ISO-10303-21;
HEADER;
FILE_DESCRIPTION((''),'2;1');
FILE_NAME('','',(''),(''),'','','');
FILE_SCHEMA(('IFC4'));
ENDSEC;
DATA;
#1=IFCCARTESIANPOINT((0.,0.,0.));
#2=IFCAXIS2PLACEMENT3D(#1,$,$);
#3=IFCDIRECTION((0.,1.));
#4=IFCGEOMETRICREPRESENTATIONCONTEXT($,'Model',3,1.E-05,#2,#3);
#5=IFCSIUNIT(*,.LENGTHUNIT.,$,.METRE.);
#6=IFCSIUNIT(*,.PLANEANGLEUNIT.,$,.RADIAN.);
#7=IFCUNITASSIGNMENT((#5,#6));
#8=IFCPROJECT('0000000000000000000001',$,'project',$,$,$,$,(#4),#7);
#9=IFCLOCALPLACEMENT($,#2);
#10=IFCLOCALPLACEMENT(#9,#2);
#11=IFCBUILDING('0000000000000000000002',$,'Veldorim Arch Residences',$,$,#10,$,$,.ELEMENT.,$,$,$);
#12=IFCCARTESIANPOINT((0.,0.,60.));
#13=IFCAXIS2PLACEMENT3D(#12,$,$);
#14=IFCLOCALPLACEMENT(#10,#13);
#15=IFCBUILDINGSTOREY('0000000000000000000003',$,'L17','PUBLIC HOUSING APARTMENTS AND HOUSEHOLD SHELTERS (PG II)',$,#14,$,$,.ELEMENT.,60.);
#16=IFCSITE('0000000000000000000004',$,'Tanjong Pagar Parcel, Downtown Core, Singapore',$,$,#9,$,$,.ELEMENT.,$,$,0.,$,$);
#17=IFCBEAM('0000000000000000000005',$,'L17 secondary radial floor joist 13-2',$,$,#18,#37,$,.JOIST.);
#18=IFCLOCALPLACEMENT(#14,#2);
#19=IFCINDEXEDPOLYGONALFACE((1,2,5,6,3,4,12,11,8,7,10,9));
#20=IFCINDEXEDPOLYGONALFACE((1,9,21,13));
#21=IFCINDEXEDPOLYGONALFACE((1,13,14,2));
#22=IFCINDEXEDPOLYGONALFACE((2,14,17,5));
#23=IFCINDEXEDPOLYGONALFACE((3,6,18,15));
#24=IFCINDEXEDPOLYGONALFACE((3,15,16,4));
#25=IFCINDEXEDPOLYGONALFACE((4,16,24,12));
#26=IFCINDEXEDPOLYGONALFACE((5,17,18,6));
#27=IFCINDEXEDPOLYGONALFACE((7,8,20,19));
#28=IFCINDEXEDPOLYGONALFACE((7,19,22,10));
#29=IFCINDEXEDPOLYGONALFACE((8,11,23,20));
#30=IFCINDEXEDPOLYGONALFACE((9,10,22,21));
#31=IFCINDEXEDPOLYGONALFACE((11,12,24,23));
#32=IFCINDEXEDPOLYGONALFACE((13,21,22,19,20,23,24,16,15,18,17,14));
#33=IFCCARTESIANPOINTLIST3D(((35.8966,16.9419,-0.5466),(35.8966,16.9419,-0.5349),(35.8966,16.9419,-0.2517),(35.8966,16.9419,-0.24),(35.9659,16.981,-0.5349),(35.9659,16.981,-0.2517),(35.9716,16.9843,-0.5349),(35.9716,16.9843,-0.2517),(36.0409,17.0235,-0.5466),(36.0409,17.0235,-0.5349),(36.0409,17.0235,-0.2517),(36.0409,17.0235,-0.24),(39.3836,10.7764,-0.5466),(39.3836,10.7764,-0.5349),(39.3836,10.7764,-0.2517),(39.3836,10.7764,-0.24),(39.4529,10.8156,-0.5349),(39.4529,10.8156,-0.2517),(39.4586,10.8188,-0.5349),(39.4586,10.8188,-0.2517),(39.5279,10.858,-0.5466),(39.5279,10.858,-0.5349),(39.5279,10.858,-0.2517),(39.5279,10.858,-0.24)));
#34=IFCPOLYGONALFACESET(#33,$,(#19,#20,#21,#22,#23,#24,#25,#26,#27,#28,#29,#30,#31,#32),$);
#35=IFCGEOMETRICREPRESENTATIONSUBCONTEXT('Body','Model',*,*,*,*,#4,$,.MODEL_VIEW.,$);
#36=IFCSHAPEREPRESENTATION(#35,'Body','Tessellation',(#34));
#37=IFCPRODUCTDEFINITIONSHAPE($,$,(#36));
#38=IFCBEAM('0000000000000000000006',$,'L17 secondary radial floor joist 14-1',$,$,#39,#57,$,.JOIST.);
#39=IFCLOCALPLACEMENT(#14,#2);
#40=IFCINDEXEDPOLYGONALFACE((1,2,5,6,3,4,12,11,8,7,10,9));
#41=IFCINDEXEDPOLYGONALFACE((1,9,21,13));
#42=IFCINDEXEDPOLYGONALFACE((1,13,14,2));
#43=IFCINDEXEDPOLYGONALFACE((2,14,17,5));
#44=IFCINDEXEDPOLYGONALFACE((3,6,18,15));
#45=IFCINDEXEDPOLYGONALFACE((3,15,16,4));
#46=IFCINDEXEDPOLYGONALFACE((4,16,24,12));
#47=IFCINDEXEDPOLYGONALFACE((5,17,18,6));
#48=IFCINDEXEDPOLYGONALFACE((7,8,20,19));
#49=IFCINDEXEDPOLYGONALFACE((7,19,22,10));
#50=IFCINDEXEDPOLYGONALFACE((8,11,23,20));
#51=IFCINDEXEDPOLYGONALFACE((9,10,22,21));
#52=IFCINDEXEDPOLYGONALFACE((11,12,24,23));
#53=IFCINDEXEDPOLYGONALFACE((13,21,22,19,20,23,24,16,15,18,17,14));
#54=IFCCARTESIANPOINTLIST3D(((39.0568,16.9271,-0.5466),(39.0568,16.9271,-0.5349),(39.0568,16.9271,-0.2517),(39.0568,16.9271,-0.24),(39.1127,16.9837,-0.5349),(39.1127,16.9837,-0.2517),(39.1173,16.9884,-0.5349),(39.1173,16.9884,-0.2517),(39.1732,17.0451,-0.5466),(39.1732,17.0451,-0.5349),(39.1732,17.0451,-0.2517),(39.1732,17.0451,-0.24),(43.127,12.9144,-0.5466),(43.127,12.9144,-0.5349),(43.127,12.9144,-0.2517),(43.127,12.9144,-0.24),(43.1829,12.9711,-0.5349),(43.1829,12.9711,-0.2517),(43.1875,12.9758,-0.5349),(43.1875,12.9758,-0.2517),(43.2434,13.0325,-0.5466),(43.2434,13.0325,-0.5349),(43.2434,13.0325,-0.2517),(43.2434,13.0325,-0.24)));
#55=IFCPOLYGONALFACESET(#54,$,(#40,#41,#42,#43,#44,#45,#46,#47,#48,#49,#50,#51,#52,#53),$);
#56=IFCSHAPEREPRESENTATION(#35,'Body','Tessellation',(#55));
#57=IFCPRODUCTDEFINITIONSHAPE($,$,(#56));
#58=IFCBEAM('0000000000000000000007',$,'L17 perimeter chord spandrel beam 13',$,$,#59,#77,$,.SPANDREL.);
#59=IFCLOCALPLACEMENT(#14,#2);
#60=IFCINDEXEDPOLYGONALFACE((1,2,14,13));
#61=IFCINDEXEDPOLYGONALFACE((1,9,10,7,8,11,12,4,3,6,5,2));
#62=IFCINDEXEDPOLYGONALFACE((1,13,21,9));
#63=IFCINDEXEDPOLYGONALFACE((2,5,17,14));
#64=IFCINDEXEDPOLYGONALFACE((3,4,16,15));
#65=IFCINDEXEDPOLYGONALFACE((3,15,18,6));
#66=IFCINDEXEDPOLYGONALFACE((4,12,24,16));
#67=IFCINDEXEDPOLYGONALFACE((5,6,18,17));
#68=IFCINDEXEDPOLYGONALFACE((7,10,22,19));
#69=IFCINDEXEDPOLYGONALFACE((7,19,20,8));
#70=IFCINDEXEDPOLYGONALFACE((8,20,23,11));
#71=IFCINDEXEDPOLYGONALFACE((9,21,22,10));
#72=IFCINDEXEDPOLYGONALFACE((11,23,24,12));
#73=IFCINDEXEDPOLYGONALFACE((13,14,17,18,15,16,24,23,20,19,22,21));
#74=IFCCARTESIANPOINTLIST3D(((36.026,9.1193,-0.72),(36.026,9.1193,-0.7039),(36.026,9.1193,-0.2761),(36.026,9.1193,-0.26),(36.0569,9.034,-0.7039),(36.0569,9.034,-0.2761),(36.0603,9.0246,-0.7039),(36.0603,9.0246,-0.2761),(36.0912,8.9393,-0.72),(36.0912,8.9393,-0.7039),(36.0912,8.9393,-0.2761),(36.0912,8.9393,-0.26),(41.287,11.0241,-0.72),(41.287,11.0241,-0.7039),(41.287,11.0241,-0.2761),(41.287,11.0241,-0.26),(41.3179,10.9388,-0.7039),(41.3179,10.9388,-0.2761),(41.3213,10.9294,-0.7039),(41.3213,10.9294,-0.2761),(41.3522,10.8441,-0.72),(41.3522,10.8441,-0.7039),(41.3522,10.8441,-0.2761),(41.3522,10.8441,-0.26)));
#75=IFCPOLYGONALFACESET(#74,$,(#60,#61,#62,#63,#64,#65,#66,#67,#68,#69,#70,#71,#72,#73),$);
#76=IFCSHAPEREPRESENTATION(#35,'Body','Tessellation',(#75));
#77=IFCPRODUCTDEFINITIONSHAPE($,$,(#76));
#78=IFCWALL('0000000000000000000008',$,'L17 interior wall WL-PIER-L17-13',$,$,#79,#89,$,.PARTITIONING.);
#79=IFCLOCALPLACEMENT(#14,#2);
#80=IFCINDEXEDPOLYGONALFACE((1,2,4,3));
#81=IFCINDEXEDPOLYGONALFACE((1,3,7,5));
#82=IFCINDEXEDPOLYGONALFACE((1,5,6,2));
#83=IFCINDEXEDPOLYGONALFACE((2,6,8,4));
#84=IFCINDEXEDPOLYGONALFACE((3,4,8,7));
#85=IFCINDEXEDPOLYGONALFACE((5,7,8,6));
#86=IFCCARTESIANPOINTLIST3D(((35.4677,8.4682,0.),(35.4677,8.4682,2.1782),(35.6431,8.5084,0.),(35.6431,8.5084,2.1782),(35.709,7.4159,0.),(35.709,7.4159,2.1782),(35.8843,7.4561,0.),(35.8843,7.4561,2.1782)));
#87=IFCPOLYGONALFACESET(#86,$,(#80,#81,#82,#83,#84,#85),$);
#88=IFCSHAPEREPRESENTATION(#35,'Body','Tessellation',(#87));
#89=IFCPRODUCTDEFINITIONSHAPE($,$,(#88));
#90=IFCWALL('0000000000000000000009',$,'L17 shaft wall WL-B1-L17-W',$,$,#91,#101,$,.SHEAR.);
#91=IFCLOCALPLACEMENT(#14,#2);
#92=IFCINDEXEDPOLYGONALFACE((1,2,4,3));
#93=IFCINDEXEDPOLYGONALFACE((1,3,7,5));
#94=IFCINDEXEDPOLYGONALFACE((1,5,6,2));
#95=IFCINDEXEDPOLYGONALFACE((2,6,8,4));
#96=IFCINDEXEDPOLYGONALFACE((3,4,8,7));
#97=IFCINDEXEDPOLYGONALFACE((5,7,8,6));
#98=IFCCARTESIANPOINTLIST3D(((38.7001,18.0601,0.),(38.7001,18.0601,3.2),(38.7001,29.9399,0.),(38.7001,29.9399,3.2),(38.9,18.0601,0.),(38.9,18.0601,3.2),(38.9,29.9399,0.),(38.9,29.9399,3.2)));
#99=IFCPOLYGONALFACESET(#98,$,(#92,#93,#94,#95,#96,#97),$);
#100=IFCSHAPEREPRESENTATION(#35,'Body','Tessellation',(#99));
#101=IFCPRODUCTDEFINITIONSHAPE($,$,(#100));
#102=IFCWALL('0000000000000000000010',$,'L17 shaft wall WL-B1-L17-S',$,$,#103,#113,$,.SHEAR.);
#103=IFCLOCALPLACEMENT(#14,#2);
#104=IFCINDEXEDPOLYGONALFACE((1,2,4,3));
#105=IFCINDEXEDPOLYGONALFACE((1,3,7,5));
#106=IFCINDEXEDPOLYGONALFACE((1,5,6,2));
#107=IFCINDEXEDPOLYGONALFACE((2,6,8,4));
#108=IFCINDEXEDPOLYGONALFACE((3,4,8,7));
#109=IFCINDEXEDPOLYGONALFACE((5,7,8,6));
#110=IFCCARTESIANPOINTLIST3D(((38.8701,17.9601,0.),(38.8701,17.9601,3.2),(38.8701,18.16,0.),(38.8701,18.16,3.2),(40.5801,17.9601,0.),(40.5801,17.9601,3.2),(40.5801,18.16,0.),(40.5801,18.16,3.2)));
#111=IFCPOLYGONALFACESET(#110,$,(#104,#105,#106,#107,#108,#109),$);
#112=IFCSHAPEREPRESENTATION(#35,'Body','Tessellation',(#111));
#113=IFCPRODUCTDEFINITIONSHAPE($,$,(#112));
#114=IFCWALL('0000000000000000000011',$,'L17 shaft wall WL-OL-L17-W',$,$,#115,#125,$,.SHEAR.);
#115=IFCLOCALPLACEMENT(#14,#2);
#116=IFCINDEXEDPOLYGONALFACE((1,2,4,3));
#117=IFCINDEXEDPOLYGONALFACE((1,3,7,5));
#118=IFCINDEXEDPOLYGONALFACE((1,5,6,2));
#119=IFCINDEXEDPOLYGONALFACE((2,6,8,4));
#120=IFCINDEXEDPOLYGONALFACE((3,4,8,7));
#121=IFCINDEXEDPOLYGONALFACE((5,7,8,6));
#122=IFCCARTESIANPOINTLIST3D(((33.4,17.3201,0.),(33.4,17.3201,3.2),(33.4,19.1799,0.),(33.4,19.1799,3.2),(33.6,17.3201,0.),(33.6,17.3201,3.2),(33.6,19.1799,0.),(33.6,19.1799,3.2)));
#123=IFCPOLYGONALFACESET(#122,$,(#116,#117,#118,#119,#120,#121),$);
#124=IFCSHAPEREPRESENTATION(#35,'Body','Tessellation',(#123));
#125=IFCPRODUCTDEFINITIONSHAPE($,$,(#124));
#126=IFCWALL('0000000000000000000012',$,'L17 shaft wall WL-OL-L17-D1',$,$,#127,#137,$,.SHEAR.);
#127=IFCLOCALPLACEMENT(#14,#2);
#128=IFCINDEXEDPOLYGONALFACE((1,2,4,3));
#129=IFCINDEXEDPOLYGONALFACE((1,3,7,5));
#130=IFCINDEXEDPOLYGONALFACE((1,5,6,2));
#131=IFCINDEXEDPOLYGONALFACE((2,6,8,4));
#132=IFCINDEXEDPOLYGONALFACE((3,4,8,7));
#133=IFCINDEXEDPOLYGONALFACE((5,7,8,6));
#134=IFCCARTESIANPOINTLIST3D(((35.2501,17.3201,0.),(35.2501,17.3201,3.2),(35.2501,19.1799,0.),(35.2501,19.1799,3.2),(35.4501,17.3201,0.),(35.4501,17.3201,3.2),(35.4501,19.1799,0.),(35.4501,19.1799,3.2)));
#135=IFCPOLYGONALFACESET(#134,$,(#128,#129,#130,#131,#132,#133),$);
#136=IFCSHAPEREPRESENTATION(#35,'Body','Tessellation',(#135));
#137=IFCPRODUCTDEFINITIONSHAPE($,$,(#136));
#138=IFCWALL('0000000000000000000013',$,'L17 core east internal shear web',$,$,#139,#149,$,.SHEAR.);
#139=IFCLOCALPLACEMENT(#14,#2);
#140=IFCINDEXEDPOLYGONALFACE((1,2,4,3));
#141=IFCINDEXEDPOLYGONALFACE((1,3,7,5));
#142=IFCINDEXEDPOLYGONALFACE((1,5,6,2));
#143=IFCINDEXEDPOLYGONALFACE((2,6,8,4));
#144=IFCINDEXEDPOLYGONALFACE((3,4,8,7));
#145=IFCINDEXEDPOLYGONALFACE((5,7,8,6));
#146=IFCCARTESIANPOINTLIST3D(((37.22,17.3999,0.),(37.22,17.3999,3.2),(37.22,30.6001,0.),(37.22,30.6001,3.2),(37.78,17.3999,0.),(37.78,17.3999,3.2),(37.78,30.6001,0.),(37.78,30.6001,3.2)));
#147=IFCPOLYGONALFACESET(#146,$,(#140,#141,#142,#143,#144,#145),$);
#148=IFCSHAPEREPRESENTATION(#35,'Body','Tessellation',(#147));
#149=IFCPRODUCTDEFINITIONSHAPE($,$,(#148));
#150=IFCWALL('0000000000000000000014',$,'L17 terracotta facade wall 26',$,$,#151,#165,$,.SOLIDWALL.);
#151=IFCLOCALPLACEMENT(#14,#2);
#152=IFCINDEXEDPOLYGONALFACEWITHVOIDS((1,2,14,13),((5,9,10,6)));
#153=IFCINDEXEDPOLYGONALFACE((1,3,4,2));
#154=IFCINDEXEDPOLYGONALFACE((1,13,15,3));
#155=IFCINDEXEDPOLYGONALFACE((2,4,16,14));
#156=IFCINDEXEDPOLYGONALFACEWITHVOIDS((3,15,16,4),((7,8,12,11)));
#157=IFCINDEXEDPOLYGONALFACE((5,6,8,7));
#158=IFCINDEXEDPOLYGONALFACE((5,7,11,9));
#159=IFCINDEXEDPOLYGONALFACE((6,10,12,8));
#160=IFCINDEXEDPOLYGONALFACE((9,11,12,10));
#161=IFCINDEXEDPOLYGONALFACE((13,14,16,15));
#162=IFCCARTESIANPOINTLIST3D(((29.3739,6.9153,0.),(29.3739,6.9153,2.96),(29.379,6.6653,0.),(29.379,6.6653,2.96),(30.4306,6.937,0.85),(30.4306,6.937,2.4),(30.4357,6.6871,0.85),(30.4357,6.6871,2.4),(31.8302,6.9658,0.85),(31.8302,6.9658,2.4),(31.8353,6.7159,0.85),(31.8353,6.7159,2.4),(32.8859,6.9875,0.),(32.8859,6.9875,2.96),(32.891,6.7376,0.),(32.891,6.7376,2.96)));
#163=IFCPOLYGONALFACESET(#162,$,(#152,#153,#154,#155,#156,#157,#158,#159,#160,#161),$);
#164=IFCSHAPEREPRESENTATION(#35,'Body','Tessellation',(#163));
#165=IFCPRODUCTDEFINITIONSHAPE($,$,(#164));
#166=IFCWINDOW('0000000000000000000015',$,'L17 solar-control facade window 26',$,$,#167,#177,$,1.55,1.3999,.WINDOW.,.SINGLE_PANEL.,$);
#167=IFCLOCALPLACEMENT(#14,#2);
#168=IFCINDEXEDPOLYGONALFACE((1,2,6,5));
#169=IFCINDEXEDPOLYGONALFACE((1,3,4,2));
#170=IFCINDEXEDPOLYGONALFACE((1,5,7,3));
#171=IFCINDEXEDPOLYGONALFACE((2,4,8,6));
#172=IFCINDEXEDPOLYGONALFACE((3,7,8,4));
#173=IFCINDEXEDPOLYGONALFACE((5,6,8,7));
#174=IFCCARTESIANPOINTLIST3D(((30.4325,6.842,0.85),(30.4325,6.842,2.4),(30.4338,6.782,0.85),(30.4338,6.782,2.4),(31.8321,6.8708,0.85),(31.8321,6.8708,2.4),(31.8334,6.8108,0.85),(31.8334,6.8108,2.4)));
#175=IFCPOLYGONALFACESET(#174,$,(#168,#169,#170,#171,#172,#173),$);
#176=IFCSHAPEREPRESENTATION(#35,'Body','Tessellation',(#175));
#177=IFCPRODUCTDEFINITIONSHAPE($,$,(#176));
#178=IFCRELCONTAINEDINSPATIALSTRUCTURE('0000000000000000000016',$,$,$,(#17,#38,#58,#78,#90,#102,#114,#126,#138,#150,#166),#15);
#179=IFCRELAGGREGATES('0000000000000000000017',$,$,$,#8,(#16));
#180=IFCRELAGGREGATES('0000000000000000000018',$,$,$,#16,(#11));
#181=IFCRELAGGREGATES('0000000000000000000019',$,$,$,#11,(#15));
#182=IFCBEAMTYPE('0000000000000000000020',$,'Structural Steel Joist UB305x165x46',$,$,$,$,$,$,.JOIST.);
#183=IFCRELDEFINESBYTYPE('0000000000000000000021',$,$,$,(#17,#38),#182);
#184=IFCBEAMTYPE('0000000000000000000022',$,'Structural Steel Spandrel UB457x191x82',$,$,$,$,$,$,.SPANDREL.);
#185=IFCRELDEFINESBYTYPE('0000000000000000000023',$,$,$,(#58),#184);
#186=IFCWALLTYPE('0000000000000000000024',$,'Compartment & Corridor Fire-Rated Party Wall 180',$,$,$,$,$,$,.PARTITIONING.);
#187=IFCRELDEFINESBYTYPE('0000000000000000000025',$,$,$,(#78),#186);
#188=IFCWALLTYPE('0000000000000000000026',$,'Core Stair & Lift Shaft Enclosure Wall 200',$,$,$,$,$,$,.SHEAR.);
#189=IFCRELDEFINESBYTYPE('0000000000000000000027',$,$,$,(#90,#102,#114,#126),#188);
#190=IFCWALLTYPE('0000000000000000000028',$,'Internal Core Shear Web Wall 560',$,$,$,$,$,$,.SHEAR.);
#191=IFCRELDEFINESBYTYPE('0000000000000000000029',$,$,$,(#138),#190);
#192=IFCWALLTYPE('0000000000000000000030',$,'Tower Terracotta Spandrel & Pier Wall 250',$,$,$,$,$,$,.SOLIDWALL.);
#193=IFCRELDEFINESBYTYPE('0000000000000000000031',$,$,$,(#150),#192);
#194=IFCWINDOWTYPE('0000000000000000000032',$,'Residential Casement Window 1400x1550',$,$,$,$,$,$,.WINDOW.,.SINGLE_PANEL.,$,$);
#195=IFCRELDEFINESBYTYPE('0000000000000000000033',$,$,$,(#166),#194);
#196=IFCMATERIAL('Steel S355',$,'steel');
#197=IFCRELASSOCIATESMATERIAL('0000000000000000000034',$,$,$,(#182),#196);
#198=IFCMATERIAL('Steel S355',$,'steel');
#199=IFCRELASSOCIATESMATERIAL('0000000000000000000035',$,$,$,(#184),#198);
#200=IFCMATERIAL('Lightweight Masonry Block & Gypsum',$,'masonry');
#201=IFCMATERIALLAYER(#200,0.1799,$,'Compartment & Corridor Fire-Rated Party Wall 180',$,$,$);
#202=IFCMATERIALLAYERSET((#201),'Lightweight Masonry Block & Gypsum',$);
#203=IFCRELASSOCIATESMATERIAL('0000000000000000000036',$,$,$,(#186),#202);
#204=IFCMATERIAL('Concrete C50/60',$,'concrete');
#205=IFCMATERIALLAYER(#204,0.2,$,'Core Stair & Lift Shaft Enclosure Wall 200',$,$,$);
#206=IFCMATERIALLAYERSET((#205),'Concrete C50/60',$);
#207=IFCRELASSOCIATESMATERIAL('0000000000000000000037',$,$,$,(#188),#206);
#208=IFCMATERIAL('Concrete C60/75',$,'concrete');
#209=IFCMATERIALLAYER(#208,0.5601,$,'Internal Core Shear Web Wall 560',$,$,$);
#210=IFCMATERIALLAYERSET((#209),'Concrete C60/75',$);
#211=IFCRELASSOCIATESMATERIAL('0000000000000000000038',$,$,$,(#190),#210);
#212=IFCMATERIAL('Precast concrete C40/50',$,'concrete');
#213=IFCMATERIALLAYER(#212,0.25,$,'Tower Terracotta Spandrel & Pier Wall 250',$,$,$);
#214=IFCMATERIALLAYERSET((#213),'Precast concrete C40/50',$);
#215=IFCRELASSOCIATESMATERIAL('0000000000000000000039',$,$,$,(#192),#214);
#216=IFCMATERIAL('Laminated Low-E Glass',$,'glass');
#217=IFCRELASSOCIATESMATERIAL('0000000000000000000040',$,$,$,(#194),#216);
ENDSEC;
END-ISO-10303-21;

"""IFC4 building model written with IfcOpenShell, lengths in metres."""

from ifc_helpers import new_model, si_unit, direction, frame, frame_2d, origin, origin_2d, place, context, subcontext, project, spatial, rectangle, i_section, extrude, material, layer, layer_set, material_profile, profile_set, type_object, element, fill, save


model = new_model("IFC4")

# Units and contexts
model_context = context("Model", 3, precision=1e-05, world=origin(), true_north=direction((0.0, 1.0)))
body_context = subcontext(model_context, "Body", "Model", "MODEL_VIEW")
ifc_project = project(units=[si_unit("LENGTHUNIT", "METRE"), si_unit("PLANEANGLEUNIT", "RADIAN")], contexts=[model_context])

# Site, building, storey
site_placement = place(None, origin())
site = spatial("IfcSite", under=ifc_project, at=site_placement, Name="Tanjong Pagar Parcel, Downtown Core, Singapore", CompositionType="ELEMENT", RefElevation=0.0)
building_placement = place(site_placement, origin())
building = spatial("IfcBuilding", under=site, at=building_placement, Name="Veldorim Arch Residences", CompositionType="ELEMENT")
storey_placement = place(building_placement, frame((0.0, 0.0, 60.0)))
storey = spatial("IfcBuildingStorey", under=building, at=storey_placement, Name="L17", Description="PUBLIC HOUSING APARTMENTS AND HOUSEHOLD SHELTERS (PG II)", CompositionType="ELEMENT", Elevation=60.0)

# Beams
ifc_material_1 = material(Name="Steel S355", Category="steel")
ifc_material_profile_1 = material_profile(ifc_material_1, i_section(OverallWidth=0.1658, OverallDepth=0.3066, WebThickness=0.0066, FlangeThickness=0.0117, at=origin_2d()), Name="UB305x165x46")
ifc_profile_set_1 = profile_set([ifc_material_profile_1], Name="Steel S355")
beam_type_1 = type_object("IfcBeamType", Name="Structural Steel Joist UB305x165x46", PredefinedType="JOIST", material=ifc_profile_set_1)
beam_1_placement = place(storey_placement, frame((35.9688, 16.9827, -0.3933), z_axis=(0.492292, -0.87043, 0.0), x_axis=(0.87043, 0.492292, 0.0)))
element("IfcBeam", 1, at=beam_1_placement, inside=storey, type_object=beam_type_1, Name="L17 secondary radial floor joist 13-2", PredefinedType="JOIST", context=body_context, shape_type="SweptSolid", body=[
    extrude(i_section(OverallWidth=0.1658, OverallDepth=0.3066, WebThickness=0.0066, FlangeThickness=0.0117, at=origin_2d()), origin(), (0.0, 0.0, 1.0), 7.0833),
])
beam_2_placement = place(storey_placement, frame((39.115, 16.9861, -0.3933), z_axis=(0.712129, -0.702049, 0.0), x_axis=(0.702049, 0.712129, 0.0)))
element("IfcBeam", 2, at=beam_2_placement, inside=storey, type_object=beam_type_1, Name="L17 secondary radial floor joist 14-1", PredefinedType="JOIST", context=body_context, shape_type="SweptSolid", body=[
    extrude(i_section(OverallWidth=0.1658, OverallDepth=0.3066, WebThickness=0.0066, FlangeThickness=0.0117, at=origin_2d()), origin(), (0.0, 0.0, 1.0), 5.7156),
])
ifc_material_2 = material(Name="Steel S355", Category="steel")
ifc_material_profile_2 = material_profile(ifc_material_2, i_section(OverallWidth=0.1914, OverallDepth=0.46, WebThickness=0.01, FlangeThickness=0.0161, at=origin_2d()), Name="UB457x191x82")
ifc_profile_set_2 = profile_set([ifc_material_profile_2], Name="Steel S355")
beam_type_2 = type_object("IfcBeamType", Name="Structural Steel Spandrel UB457x191x82", PredefinedType="SPANDREL", material=ifc_profile_set_2)
beam_3_placement = place(storey_placement, frame((36.0586, 9.0293, -0.49), z_axis=(0.940269, 0.340432, 0.0), x_axis=(-0.340432, 0.940269, 0.0)))
element("IfcBeam", 3, at=beam_3_placement, inside=storey, type_object=beam_type_2, Name="L17 perimeter chord spandrel beam 13", PredefinedType="SPANDREL", context=body_context, shape_type="SweptSolid", body=[
    extrude(i_section(OverallWidth=0.1914, OverallDepth=0.46, WebThickness=0.01, FlangeThickness=0.0161, at=origin_2d()), origin(), (0.0, 0.0, 1.0), 5.5952),
])

# Walls
ifc_material_3 = material(Name="Lightweight Masonry Block & Gypsum", Category="masonry")
ifc_layer_1 = layer(ifc_material_3, 0.1799, Name="Compartment & Corridor Fire-Rated Party Wall 180")
ifc_layer_set_1 = layer_set([ifc_layer_1], Name="Lightweight Masonry Block & Gypsum")
wall_type_1 = type_object("IfcWallType", Name="Compartment & Corridor Fire-Rated Party Wall 180", PredefinedType="PARTITIONING", material=ifc_layer_set_1)
wall_1_placement = place(storey_placement, frame((35.5554, 8.4883, 0.0), z_axis=(0.0, 0.0, 1.0), x_axis=(0.223439, -0.974718, 0.0)))
element("IfcWall", 4, at=wall_1_placement, inside=storey, type_object=wall_type_1, Name="L17 interior wall WL-PIER-L17-13", PredefinedType="PARTITIONING", context=body_context, shape_type="SweptSolid", body=[
    extrude(rectangle(XDim=1.0796, YDim=0.1799, at=frame_2d((0.5398, 0.0))), origin(), (0.0, 0.0, 1.0), 2.1782),
])
ifc_material_4 = material(Name="Concrete C50/60", Category="concrete")
ifc_layer_2 = layer(ifc_material_4, 0.2, Name="Core Stair & Lift Shaft Enclosure Wall 200")
ifc_layer_set_2 = layer_set([ifc_layer_2], Name="Concrete C50/60")
wall_type_2 = type_object("IfcWallType", Name="Core Stair & Lift Shaft Enclosure Wall 200", PredefinedType="SHEAR", material=ifc_layer_set_2)
wall_2_placement = place(storey_placement, frame((38.8, 18.0601, 0.0), z_axis=(0.0, 0.0, 1.0), x_axis=(0.0, 1.0, 0.0)))
element("IfcWall", 5, at=wall_2_placement, inside=storey, type_object=wall_type_2, Name="L17 shaft wall WL-B1-L17-W", PredefinedType="SHEAR", context=body_context, shape_type="SweptSolid", body=[
    extrude(rectangle(XDim=11.8799, YDim=0.2, at=frame_2d((5.9399, 0.0))), origin(), (0.0, 0.0, 1.0), 3.2),
])
wall_3_placement = place(storey_placement, frame((38.8701, 18.0601, 0.0), z_axis=(0.0, 0.0, 1.0), x_axis=(1.0, 0.0, 0.0)))
element("IfcWall", 6, at=wall_3_placement, inside=storey, type_object=wall_type_2, Name="L17 shaft wall WL-B1-L17-S", PredefinedType="SHEAR", context=body_context, shape_type="SweptSolid", body=[
    extrude(rectangle(XDim=1.71, YDim=0.2, at=frame_2d((0.855, 0.0))), origin(), (0.0, 0.0, 1.0), 3.2),
])
for number, where, z_axis, x_axis, name in (
    (7, (33.5, 17.3201, 0.0), (0.0, 0.0, 1.0), (0.0, 1.0, 0.0), "L17 shaft wall WL-OL-L17-W"),
    (8, (35.3501, 17.3201, 0.0), (0.0, 0.0, 1.0), (0.0, 1.0, 0.0), "L17 shaft wall WL-OL-L17-D1"),
):
    element("IfcWall", number, at=place(storey_placement, frame(where, z_axis=z_axis, x_axis=x_axis)), inside=storey, type_object=wall_type_2, Name=name, PredefinedType="SHEAR", context=body_context, shape_type="SweptSolid", body=[
        extrude(rectangle(XDim=1.8599, YDim=0.2, at=frame_2d((0.9299, 0.0))), origin(), (0.0, 0.0, 1.0), 3.2),
    ])
ifc_material_5 = material(Name="Concrete C60/75", Category="concrete")
ifc_layer_3 = layer(ifc_material_5, 0.5601, Name="Internal Core Shear Web Wall 560")
ifc_layer_set_3 = layer_set([ifc_layer_3], Name="Concrete C60/75")
wall_type_3 = type_object("IfcWallType", Name="Internal Core Shear Web Wall 560", PredefinedType="SHEAR", material=ifc_layer_set_3)
wall_4_placement = place(storey_placement, frame((37.5, 17.3999, 0.0), z_axis=(0.0, 0.0, 1.0), x_axis=(0.0, 1.0, 0.0)))
element("IfcWall", 9, at=wall_4_placement, inside=storey, type_object=wall_type_3, Name="L17 core east internal shear web", PredefinedType="SHEAR", context=body_context, shape_type="SweptSolid", body=[
    extrude(rectangle(XDim=13.2002, YDim=0.5601, at=frame_2d((6.6001, 0.0))), origin(), (0.0, 0.0, 1.0), 3.2),
])

# Wall, opening, window
ifc_material_6 = material(Name="Precast concrete C40/50", Category="concrete")
ifc_layer_4 = layer(ifc_material_6, 0.25, Name="Tower Terracotta Spandrel & Pier Wall 250")
ifc_layer_set_4 = layer_set([ifc_layer_4], Name="Precast concrete C40/50")
wall_type_4 = type_object("IfcWallType", Name="Tower Terracotta Spandrel & Pier Wall 250", PredefinedType="SOLIDWALL", material=ifc_layer_set_4)
wall_5_placement = place(storey_placement, frame((32.8884, 6.8625, 0.0), z_axis=(0.0, 0.0, 1.0), x_axis=(-0.999788, -0.020573, 0.0)))
wall_5 = element("IfcWall", 10, at=wall_5_placement, inside=storey, type_object=wall_type_4, Name="L17 terracotta facade wall 26", PredefinedType="SOLIDWALL", context=body_context, shape_type="SweptSolid", body=[
    extrude(rectangle(XDim=3.5127, YDim=0.25, at=frame_2d((1.7563, 0.0))), origin(), (0.0, 0.0, 1.0), 2.96),
])
opening_1_placement = place(wall_5_placement, frame((1.0559, 0.0, 0.8501)))
opening_1 = element("IfcOpeningElement", 11, at=opening_1_placement, cuts=wall_5, PredefinedType="OPENING", context=body_context, shape_type="SweptSolid", body=[
    extrude(rectangle(XDim=1.3999, YDim=1.55, at=frame_2d((0.7, 0.7749))), frame((0.0, 0.135, 0.0), z_axis=(0.0, -1.0, 0.0), x_axis=(1.0, 0.0, 0.0)), (0.0, 0.0, 1.0), 0.27),
])
ifc_material_7 = material(Name="Laminated Low-E Glass", Category="glass")
window_type = type_object("IfcWindowType", Name="Residential Casement Window 1400x1550", PartitioningType="SINGLE_PANEL", PredefinedType="WINDOW", material=ifc_material_7)
window_placement = place(opening_1_placement, origin())
window = element("IfcWindow", 12, at=window_placement, inside=storey, type_object=window_type, Name="L17 solar-control facade window 26", OverallHeight=1.55, OverallWidth=1.3999, PartitioningType="SINGLE_PANEL", PredefinedType="WINDOW", context=body_context, shape_type="SweptSolid", body=[
    extrude(rectangle(XDim=1.3999, YDim=1.55, at=frame_2d((0.7, 0.7749))), frame((0.0, 0.03, 0.0), z_axis=(0.0, -1.0, 0.0), x_axis=(1.0, 0.0, 0.0)), (0.0, 0.0, 1.0), 0.0601),
])
fill(opening_1, window)

save(model, "model.ifc")
